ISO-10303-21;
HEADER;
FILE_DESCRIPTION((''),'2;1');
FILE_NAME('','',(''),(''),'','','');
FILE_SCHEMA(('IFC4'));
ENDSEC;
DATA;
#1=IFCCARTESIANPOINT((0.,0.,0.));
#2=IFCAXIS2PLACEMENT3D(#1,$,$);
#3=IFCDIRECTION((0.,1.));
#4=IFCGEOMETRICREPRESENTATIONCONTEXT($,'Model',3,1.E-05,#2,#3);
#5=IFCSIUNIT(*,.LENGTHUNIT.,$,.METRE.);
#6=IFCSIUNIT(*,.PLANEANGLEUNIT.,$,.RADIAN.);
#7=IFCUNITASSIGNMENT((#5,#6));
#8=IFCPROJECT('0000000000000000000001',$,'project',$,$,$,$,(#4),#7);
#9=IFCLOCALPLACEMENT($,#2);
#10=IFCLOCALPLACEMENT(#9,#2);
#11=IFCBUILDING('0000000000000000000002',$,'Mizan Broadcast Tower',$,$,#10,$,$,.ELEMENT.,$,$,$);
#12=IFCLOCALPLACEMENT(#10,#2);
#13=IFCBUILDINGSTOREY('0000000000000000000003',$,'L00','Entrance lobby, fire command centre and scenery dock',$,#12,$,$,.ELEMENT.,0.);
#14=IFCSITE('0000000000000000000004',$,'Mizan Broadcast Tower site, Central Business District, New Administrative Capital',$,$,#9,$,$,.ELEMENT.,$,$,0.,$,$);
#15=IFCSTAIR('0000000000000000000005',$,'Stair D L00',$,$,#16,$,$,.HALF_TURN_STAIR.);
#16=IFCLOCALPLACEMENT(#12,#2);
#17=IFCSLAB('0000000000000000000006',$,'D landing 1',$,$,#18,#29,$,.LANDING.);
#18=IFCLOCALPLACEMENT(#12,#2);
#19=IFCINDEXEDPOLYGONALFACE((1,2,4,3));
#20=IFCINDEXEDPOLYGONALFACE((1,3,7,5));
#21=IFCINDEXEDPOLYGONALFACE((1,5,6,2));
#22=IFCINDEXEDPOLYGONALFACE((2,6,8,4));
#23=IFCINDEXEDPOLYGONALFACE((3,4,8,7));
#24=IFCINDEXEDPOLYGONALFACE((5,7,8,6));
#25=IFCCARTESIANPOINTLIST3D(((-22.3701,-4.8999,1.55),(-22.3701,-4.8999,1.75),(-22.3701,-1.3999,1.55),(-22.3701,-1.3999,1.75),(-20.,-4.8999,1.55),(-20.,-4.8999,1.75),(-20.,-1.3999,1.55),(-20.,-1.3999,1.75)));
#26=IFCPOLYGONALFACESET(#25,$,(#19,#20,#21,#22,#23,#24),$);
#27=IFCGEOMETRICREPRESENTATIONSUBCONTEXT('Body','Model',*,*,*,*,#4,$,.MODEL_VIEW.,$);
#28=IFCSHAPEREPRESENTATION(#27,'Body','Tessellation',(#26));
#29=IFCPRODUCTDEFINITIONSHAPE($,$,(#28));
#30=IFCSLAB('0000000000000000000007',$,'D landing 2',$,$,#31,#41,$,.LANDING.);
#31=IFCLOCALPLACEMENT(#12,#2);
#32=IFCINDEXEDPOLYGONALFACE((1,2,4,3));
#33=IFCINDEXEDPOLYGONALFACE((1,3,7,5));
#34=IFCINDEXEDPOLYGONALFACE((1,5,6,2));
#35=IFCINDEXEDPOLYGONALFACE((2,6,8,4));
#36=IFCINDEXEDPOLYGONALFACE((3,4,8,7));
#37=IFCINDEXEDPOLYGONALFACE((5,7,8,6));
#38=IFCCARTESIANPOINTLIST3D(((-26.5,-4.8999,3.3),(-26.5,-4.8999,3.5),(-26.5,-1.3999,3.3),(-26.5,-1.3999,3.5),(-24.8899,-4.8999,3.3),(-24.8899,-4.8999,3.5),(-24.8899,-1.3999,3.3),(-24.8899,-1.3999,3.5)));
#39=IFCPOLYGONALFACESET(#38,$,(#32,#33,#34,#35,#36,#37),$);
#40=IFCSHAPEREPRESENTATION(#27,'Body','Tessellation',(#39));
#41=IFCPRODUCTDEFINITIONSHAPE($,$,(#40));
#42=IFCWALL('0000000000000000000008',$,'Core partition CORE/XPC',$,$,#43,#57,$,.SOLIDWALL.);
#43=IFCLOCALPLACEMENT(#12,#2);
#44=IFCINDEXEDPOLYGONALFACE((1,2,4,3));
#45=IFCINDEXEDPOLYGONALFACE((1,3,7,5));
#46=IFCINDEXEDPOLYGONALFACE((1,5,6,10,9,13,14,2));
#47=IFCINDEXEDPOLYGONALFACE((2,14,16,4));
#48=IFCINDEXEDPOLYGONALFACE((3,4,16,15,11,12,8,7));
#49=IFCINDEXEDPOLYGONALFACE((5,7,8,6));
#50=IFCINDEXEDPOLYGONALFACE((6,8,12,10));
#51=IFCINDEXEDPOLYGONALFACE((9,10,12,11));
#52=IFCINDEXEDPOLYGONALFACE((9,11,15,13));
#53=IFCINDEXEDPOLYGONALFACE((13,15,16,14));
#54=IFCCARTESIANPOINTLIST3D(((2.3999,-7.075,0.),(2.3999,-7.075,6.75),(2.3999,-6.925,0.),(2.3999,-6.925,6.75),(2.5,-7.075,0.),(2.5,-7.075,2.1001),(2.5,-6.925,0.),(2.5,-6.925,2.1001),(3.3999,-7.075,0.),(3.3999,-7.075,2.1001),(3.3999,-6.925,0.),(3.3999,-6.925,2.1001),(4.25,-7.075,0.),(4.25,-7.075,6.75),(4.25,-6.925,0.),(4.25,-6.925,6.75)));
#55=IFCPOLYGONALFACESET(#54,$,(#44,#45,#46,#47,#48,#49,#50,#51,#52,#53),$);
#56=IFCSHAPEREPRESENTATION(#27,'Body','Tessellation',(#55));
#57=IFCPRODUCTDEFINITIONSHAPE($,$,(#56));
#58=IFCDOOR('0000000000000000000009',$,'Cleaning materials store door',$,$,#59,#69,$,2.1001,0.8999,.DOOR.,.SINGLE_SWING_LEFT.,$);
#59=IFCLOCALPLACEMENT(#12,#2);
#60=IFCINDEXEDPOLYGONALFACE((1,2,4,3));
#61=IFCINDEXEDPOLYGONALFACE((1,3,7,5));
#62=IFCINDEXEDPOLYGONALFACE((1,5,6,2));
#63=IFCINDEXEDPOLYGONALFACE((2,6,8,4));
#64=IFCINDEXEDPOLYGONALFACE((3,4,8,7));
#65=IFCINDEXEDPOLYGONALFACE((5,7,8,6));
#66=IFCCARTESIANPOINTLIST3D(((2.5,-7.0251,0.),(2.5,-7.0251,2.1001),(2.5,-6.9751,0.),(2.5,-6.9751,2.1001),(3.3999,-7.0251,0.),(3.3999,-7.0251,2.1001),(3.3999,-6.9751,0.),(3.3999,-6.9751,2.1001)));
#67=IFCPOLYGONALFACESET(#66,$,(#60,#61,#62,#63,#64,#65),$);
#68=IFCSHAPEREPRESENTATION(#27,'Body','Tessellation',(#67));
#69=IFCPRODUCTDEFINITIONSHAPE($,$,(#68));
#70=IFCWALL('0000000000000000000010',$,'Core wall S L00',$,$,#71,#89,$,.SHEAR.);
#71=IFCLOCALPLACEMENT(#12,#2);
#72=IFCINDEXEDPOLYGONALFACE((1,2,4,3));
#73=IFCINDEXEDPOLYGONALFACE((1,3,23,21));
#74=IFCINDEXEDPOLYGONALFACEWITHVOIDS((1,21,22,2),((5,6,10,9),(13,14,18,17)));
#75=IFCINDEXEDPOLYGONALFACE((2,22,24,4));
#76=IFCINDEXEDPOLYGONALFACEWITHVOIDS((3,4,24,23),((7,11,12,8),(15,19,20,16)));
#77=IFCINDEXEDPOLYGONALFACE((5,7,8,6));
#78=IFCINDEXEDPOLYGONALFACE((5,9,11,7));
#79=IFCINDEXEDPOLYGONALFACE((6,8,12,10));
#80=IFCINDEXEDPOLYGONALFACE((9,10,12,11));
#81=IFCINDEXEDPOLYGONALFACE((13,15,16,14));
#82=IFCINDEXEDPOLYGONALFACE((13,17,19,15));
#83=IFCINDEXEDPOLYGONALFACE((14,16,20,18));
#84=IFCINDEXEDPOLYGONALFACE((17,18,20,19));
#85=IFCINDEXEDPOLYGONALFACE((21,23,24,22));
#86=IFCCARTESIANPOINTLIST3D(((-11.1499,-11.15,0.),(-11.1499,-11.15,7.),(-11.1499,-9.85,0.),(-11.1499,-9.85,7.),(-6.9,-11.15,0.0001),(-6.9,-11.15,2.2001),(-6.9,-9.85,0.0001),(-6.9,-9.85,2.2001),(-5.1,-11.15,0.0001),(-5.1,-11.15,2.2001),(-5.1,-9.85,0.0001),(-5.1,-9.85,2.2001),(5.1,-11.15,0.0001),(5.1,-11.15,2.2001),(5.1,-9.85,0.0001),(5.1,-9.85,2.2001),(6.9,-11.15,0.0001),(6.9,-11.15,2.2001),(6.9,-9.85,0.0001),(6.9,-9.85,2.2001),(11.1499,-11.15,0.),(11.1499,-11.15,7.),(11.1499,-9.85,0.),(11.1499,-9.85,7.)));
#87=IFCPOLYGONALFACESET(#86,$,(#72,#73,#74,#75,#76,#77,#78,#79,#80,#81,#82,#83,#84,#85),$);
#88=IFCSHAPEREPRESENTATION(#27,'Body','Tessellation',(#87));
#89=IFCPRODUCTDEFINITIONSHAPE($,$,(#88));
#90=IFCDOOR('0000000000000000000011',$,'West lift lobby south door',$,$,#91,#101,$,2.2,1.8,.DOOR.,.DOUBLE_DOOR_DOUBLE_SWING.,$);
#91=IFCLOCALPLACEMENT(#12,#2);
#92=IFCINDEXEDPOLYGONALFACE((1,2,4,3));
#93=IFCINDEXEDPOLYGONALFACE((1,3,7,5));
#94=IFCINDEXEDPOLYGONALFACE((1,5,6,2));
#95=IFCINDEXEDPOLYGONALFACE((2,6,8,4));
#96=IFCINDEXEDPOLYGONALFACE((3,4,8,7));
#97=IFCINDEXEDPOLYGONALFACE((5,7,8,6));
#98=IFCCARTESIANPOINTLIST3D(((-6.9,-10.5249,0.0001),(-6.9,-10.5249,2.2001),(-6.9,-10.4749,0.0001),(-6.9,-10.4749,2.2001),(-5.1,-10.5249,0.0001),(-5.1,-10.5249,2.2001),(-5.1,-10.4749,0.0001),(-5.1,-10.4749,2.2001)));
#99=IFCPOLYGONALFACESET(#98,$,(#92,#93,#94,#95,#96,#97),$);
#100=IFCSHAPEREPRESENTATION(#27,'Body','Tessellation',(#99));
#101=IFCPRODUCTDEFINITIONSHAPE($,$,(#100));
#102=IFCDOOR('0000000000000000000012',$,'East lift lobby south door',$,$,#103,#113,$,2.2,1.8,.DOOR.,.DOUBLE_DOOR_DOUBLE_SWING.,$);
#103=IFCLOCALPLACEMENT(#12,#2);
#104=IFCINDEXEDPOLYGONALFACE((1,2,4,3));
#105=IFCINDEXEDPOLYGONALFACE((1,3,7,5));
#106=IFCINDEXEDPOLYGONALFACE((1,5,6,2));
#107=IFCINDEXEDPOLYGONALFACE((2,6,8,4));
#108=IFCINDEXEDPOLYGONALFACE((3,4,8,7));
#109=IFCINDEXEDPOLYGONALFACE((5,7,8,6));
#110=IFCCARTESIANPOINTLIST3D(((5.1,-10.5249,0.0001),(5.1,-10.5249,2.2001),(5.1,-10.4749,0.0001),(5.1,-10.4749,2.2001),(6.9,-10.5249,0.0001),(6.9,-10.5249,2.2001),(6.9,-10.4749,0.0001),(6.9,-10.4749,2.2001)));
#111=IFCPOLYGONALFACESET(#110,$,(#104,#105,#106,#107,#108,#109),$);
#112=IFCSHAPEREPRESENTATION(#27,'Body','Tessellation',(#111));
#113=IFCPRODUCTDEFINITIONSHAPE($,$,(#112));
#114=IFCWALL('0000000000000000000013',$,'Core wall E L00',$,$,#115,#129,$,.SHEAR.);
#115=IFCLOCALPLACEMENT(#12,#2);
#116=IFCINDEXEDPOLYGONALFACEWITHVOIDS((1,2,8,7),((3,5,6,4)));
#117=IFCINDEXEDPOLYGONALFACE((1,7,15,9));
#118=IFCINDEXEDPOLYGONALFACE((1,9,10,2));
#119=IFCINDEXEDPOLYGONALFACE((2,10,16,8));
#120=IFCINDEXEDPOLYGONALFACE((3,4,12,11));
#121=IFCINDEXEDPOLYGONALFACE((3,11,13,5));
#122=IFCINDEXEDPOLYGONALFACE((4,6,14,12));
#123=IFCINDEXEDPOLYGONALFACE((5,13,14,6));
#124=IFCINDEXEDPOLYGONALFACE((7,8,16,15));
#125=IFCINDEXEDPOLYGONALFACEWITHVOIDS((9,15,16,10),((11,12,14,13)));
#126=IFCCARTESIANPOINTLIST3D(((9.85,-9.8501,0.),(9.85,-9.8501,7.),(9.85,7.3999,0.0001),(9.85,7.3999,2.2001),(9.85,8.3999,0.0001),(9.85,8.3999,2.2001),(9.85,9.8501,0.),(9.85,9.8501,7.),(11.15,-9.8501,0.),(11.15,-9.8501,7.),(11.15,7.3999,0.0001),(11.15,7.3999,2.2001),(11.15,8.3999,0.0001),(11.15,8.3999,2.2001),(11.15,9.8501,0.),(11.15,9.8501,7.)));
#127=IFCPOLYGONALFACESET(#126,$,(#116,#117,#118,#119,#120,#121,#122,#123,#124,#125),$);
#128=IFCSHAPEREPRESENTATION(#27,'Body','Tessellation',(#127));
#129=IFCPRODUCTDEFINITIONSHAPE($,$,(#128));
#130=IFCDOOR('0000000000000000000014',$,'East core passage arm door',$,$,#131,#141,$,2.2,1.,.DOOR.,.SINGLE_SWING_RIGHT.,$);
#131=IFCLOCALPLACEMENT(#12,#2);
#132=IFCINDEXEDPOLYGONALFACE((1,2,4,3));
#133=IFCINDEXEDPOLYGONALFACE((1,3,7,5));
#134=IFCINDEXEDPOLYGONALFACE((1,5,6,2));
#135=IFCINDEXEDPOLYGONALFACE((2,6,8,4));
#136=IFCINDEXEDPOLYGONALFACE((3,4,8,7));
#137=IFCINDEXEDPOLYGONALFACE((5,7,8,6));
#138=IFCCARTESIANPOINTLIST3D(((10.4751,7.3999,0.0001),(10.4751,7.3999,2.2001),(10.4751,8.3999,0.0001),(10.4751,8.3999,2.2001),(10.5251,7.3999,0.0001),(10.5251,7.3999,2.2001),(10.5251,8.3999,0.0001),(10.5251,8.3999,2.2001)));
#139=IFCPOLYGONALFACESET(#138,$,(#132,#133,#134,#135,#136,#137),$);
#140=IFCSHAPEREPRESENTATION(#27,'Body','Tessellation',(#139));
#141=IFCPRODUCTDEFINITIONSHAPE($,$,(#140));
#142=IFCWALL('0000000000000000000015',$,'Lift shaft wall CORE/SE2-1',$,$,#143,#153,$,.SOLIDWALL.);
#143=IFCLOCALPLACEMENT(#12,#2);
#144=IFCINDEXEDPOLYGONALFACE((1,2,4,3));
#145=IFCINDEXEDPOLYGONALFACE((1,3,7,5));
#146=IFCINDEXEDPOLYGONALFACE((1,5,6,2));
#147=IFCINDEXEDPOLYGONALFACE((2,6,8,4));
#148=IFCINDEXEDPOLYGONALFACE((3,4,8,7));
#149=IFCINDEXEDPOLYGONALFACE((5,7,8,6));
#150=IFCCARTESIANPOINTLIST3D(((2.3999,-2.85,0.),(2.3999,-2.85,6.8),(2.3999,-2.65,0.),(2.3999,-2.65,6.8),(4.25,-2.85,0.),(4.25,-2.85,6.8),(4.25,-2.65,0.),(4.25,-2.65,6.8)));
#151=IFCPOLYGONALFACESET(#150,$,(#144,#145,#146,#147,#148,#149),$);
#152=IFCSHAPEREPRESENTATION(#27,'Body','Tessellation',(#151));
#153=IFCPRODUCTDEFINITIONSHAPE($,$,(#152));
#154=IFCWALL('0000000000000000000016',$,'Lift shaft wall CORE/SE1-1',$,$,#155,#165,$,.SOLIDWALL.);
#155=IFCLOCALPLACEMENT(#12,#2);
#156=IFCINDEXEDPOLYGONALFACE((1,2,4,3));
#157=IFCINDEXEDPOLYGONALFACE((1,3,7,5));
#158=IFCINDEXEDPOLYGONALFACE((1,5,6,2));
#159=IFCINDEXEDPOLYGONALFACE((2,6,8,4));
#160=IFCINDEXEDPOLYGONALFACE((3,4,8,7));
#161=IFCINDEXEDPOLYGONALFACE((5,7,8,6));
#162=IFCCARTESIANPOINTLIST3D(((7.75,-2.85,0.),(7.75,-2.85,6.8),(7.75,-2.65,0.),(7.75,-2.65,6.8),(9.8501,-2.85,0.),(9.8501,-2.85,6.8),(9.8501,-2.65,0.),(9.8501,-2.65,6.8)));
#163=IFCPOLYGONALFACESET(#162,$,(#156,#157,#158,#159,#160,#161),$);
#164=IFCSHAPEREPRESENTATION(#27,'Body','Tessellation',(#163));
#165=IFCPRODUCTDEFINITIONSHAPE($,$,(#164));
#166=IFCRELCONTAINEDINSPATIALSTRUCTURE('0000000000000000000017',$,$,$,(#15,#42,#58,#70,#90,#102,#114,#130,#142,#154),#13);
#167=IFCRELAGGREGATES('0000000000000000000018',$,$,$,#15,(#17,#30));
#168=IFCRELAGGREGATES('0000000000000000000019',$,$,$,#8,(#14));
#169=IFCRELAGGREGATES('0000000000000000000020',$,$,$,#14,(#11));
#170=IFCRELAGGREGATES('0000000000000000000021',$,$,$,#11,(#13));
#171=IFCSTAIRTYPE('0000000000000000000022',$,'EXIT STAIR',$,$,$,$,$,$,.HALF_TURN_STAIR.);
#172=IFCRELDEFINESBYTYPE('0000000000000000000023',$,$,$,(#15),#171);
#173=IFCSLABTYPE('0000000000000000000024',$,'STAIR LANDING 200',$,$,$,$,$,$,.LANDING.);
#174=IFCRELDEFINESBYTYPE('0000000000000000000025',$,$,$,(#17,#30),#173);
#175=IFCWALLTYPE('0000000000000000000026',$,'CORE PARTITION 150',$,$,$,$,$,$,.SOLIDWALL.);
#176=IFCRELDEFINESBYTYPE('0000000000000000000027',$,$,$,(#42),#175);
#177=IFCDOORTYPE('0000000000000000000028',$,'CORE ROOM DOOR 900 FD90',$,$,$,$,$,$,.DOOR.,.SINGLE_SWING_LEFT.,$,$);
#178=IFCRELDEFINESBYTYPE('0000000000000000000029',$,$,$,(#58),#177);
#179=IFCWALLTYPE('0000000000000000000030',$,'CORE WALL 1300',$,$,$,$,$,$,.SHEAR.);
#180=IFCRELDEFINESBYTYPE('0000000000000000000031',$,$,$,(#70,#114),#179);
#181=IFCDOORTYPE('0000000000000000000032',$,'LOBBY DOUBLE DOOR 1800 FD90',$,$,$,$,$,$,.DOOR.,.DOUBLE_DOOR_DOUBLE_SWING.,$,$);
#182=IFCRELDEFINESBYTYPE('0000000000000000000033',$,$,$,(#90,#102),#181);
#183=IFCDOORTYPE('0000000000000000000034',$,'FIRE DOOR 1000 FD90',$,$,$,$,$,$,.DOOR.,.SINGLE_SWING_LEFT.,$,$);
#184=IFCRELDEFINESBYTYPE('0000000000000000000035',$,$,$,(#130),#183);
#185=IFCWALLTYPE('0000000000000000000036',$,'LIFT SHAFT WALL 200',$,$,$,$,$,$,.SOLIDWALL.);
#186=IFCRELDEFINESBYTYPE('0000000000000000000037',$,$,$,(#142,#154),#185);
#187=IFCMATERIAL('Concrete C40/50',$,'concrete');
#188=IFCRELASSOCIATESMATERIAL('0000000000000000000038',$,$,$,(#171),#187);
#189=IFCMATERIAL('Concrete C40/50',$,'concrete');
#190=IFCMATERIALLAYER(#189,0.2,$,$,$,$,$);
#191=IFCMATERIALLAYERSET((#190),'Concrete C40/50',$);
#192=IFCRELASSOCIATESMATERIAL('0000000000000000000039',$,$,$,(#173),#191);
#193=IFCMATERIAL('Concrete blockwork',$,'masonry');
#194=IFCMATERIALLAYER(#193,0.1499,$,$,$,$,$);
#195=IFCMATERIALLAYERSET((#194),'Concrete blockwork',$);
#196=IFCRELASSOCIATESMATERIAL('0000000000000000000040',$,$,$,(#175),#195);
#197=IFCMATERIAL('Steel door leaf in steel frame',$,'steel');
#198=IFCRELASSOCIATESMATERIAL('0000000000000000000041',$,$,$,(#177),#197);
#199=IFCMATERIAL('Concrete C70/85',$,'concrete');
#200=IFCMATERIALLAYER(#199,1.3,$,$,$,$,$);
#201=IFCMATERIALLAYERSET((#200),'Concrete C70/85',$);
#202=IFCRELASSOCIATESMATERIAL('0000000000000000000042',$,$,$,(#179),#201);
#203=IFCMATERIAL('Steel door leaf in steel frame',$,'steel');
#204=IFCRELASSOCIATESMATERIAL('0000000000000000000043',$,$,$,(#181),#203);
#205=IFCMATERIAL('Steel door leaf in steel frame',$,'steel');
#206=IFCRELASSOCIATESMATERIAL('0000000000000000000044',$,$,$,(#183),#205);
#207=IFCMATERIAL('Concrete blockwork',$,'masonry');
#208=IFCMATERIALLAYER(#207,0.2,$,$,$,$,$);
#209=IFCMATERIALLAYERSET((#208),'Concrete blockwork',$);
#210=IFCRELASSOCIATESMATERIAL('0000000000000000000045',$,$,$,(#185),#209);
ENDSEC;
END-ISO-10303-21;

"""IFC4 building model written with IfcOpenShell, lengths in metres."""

from ifc_helpers import new_model, si_unit, direction, frame, frame_2d, origin, place, context, subcontext, project, spatial, polyline, rectangle, outline, extrude, material, layer, layer_set, type_object, element, fill, aggregate, save


model = new_model("IFC4")

# Units and contexts
model_context = context("Model", 3, precision=1e-05, world=origin(), true_north=direction((0.0, 1.0)))
body_context = subcontext(model_context, "Body", "Model", "MODEL_VIEW")
ifc_project = project(units=[si_unit("LENGTHUNIT", "METRE"), si_unit("PLANEANGLEUNIT", "RADIAN")], contexts=[model_context])

# Site, building, storey
site_placement = place(None, origin())
site = spatial("IfcSite", under=ifc_project, at=site_placement, Name="Mizan Broadcast Tower site, Central Business District, New Administrative Capital", CompositionType="ELEMENT", RefElevation=0.0)
building_placement = place(site_placement, origin())
building = spatial("IfcBuilding", under=site, at=building_placement, Name="Mizan Broadcast Tower", CompositionType="ELEMENT")
storey_placement = place(building_placement, origin())
storey = spatial("IfcBuildingStorey", under=building, at=storey_placement, Name="L00", Description="Entrance lobby, fire command centre and scenery dock", CompositionType="ELEMENT", Elevation=0.0)

# Stair, slabs
ifc_material_1 = material(Name="Concrete C40/50", Category="concrete")
stair_type = type_object("IfcStairType", Name="EXIT STAIR", PredefinedType="HALF_TURN_STAIR", material=ifc_material_1)
stair_1_placement = place(storey_placement, origin())
stair_1 = element("IfcStair", 1, at=stair_1_placement, inside=storey, type_object=stair_type, Name="Stair D L00", PredefinedType="HALF_TURN_STAIR")
ifc_material_2 = material(Name="Concrete C40/50", Category="concrete")
ifc_layer_1 = layer(ifc_material_2, 0.2)
ifc_layer_set_1 = layer_set([ifc_layer_1], Name="Concrete C40/50")
slab_type = type_object("IfcSlabType", Name="STAIR LANDING 200", PredefinedType="LANDING", material=ifc_layer_set_1)
slab_1_placement = place(storey_placement, frame((0.0, 0.0, 1.55)))
slab_1 = element("IfcSlab", 2, at=slab_1_placement, type_object=slab_type, Name="D landing 1", PredefinedType="LANDING", context=body_context, shape_type="SweptSolid", body=[
    extrude(outline(polyline([(-22.3701, -1.3999), (-20.0, -1.3999), (-20.0, -4.8999), (-22.3701, -4.8999), (-22.3701, -1.3999)])), origin(), (0.0, 0.0, 1.0), 0.2),
])
slab_2_placement = place(storey_placement, frame((0.0, 0.0, 3.3)))
slab_2 = element("IfcSlab", 3, at=slab_2_placement, type_object=slab_type, Name="D landing 2", PredefinedType="LANDING", context=body_context, shape_type="SweptSolid", body=[
    extrude(outline(polyline([(-26.5, -1.3999), (-24.8899, -1.3999), (-24.8899, -4.8999), (-26.5, -4.8999), (-26.5, -1.3999)])), origin(), (0.0, 0.0, 1.0), 0.2),
])
aggregate(stair_1, [slab_1, slab_2])

# Wall, opening, door
ifc_material_3 = material(Name="Concrete blockwork", Category="masonry")
ifc_layer_2 = layer(ifc_material_3, 0.1499)
ifc_layer_set_2 = layer_set([ifc_layer_2], Name="Concrete blockwork")
wall_type_1 = type_object("IfcWallType", Name="CORE PARTITION 150", PredefinedType="SOLIDWALL", material=ifc_layer_set_2)
wall_1_placement = place(storey_placement, frame((2.3999, -7.0, 0.0), z_axis=(0.0, 0.0, 1.0), x_axis=(1.0, 0.0, 0.0)))
wall_1 = element("IfcWall", 4, at=wall_1_placement, inside=storey, type_object=wall_type_1, Name="Core partition CORE/XPC", PredefinedType="SOLIDWALL", context=body_context, shape_type="SweptSolid", body=[
    extrude(rectangle(XDim=1.8501, YDim=0.1499, at=frame_2d((0.925, 0.0))), origin(), (0.0, 0.0, 1.0), 6.75),
])
opening_1_placement = place(wall_1_placement, frame((0.1001, 0.0, 0.0)))
opening_1 = element("IfcOpeningElement", 5, at=opening_1_placement, cuts=wall_1, PredefinedType="OPENING", context=body_context, shape_type="SweptSolid", body=[
    extrude(rectangle(XDim=0.8999, YDim=2.1001, at=frame_2d((0.45, 1.05))), frame((0.0, 0.085, 0.0), z_axis=(0.0, -1.0, 0.0), x_axis=(1.0, 0.0, 0.0)), (0.0, 0.0, 1.0), 0.1699),
])
ifc_material_4 = material(Name="Steel door leaf in steel frame", Category="steel")
door_type_1 = type_object("IfcDoorType", Name="CORE ROOM DOOR 900 FD90", OperationType="SINGLE_SWING_LEFT", PredefinedType="DOOR", material=ifc_material_4)
door_1_placement = place(opening_1_placement, origin())
door_1 = element("IfcDoor", 6, at=door_1_placement, inside=storey, type_object=door_type_1, Name="Cleaning materials store door", OperationType="SINGLE_SWING_LEFT", OverallHeight=2.1001, OverallWidth=0.8999, PredefinedType="DOOR", context=body_context, shape_type="SweptSolid", body=[
    extrude(rectangle(XDim=0.8999, YDim=2.1001, at=frame_2d((0.45, 1.05))), frame((0.0, 0.0249, 0.0), z_axis=(0.0, -1.0, 0.0), x_axis=(1.0, 0.0, 0.0)), (0.0, 0.0, 1.0), 0.05),
])
fill(opening_1, door_1)

# Wall, openings, doors
ifc_material_5 = material(Name="Concrete C70/85", Category="concrete")
ifc_layer_3 = layer(ifc_material_5, 1.3)
ifc_layer_set_3 = layer_set([ifc_layer_3], Name="Concrete C70/85")
wall_type_2 = type_object("IfcWallType", Name="CORE WALL 1300", PredefinedType="SHEAR", material=ifc_layer_set_3)
wall_2_placement = place(storey_placement, frame((11.1499, -10.5, 0.0), z_axis=(0.0, 0.0, 1.0), x_axis=(-1.0, 0.0, 0.0)))
wall_2 = element("IfcWall", 7, at=wall_2_placement, inside=storey, type_object=wall_type_2, Name="Core wall S L00", PredefinedType="SHEAR", context=body_context, shape_type="SweptSolid", body=[
    extrude(rectangle(XDim=22.2998, YDim=1.3, at=frame_2d((11.1499, 0.0))), origin(), (0.0, 0.0, 1.0), 7.0),
])
opening_2_placement = place(wall_2_placement, frame((16.25, 0.0, 0.0)))
opening_2 = element("IfcOpeningElement", 8, at=opening_2_placement, cuts=wall_2, PredefinedType="OPENING", context=body_context, shape_type="SweptSolid", body=[
    extrude(rectangle(XDim=1.8, YDim=2.2, at=frame_2d((0.8999, 1.1001))), frame((0.0, 0.6599, 0.0), z_axis=(0.0, -1.0, 0.0), x_axis=(1.0, 0.0, 0.0)), (0.0, 0.0, 1.0), 1.3201),
])
opening_3_placement = place(wall_2_placement, frame((4.25, 0.0, 0.0)))
opening_3 = element("IfcOpeningElement", 9, at=opening_3_placement, cuts=wall_2, PredefinedType="OPENING", context=body_context, shape_type="SweptSolid", body=[
    extrude(rectangle(XDim=1.8, YDim=2.2, at=frame_2d((0.8999, 1.1001))), frame((0.0, 0.6599, 0.0), z_axis=(0.0, -1.0, 0.0), x_axis=(1.0, 0.0, 0.0)), (0.0, 0.0, 1.0), 1.3201),
])
ifc_material_6 = material(Name="Steel door leaf in steel frame", Category="steel")
door_type_2 = type_object("IfcDoorType", Name="LOBBY DOUBLE DOOR 1800 FD90", OperationType="DOUBLE_DOOR_DOUBLE_SWING", PredefinedType="DOOR", material=ifc_material_6)
door_2_placement = place(opening_2_placement, origin())
door_2 = element("IfcDoor", 10, at=door_2_placement, inside=storey, type_object=door_type_2, Name="West lift lobby south door", OperationType="DOUBLE_DOOR_DOUBLE_SWING", OverallHeight=2.2, OverallWidth=1.8, PredefinedType="DOOR", context=body_context, shape_type="SweptSolid", body=[
    extrude(rectangle(XDim=1.8, YDim=2.2, at=frame_2d((0.8999, 1.1001))), frame((0.0, 0.0249, 0.0), z_axis=(0.0, -1.0, 0.0), x_axis=(1.0, 0.0, 0.0)), (0.0, 0.0, 1.0), 0.05),
])
fill(opening_2, door_2)
door_3_placement = place(opening_3_placement, origin())
door_3 = element("IfcDoor", 11, at=door_3_placement, inside=storey, type_object=door_type_2, Name="East lift lobby south door", OperationType="DOUBLE_DOOR_DOUBLE_SWING", OverallHeight=2.2, OverallWidth=1.8, PredefinedType="DOOR", context=body_context, shape_type="SweptSolid", body=[
    extrude(rectangle(XDim=1.8, YDim=2.2, at=frame_2d((0.8999, 1.1001))), frame((0.0, 0.0249, 0.0), z_axis=(0.0, -1.0, 0.0), x_axis=(1.0, 0.0, 0.0)), (0.0, 0.0, 1.0), 0.05),
])
fill(opening_3, door_3)

# Wall, opening, door
wall_3_placement = place(storey_placement, frame((10.5, -9.8501, 0.0), z_axis=(0.0, 0.0, 1.0), x_axis=(0.0, 1.0, 0.0)))
wall_3 = element("IfcWall", 12, at=wall_3_placement, inside=storey, type_object=wall_type_2, Name="Core wall E L00", PredefinedType="SHEAR", context=body_context, shape_type="SweptSolid", body=[
    extrude(rectangle(XDim=19.7002, YDim=1.3, at=frame_2d((9.8501, 0.0))), origin(), (0.0, 0.0, 1.0), 7.0),
])
opening_4_placement = place(wall_3_placement, frame((17.25, 0.0, 0.0)))
opening_4 = element("IfcOpeningElement", 13, at=opening_4_placement, cuts=wall_3, PredefinedType="OPENING", context=body_context, shape_type="SweptSolid", body=[
    extrude(rectangle(XDim=1.0, YDim=2.2, at=frame_2d((0.5, 1.1001))), frame((0.0, 0.6599, 0.0), z_axis=(0.0, -1.0, 0.0), x_axis=(1.0, 0.0, 0.0)), (0.0, 0.0, 1.0), 1.3201),
])
ifc_material_7 = material(Name="Steel door leaf in steel frame", Category="steel")
door_type_3 = type_object("IfcDoorType", Name="FIRE DOOR 1000 FD90", OperationType="SINGLE_SWING_LEFT", PredefinedType="DOOR", material=ifc_material_7)
door_4_placement = place(opening_4_placement, origin())
door_4 = element("IfcDoor", 14, at=door_4_placement, inside=storey, type_object=door_type_3, Name="East core passage arm door", OperationType="SINGLE_SWING_RIGHT", OverallHeight=2.2, OverallWidth=1.0, PredefinedType="DOOR", context=body_context, shape_type="SweptSolid", body=[
    extrude(rectangle(XDim=1.0, YDim=2.2, at=frame_2d((0.5, 1.1001))), frame((0.0, 0.0249, 0.0), z_axis=(0.0, -1.0, 0.0), x_axis=(1.0, 0.0, 0.0)), (0.0, 0.0, 1.0), 0.05),
])
fill(opening_4, door_4)

# Walls
ifc_material_8 = material(Name="Concrete blockwork", Category="masonry")
ifc_layer_4 = layer(ifc_material_8, 0.2)
ifc_layer_set_4 = layer_set([ifc_layer_4], Name="Concrete blockwork")
wall_type_3 = type_object("IfcWallType", Name="LIFT SHAFT WALL 200", PredefinedType="SOLIDWALL", material=ifc_layer_set_4)
wall_4_placement = place(storey_placement, frame((2.3999, -2.75, 0.0), z_axis=(0.0, 0.0, 1.0), x_axis=(1.0, 0.0, 0.0)))
element("IfcWall", 15, at=wall_4_placement, inside=storey, type_object=wall_type_3, Name="Lift shaft wall CORE/SE2-1", PredefinedType="SOLIDWALL", context=body_context, shape_type="SweptSolid", body=[
    extrude(rectangle(XDim=1.8501, YDim=0.2, at=frame_2d((0.925, 0.0))), origin(), (0.0, 0.0, 1.0), 6.8),
])
wall_5_placement = place(storey_placement, frame((7.75, -2.75, 0.0), z_axis=(0.0, 0.0, 1.0), x_axis=(1.0, 0.0, 0.0)))
element("IfcWall", 16, at=wall_5_placement, inside=storey, type_object=wall_type_3, Name="Lift shaft wall CORE/SE1-1", PredefinedType="SOLIDWALL", context=body_context, shape_type="SweptSolid", body=[
    extrude(rectangle(XDim=2.1001, YDim=0.2, at=frame_2d((1.05, 0.0))), origin(), (0.0, 0.0, 1.0), 6.8),
])

save(model, "model.ifc")
